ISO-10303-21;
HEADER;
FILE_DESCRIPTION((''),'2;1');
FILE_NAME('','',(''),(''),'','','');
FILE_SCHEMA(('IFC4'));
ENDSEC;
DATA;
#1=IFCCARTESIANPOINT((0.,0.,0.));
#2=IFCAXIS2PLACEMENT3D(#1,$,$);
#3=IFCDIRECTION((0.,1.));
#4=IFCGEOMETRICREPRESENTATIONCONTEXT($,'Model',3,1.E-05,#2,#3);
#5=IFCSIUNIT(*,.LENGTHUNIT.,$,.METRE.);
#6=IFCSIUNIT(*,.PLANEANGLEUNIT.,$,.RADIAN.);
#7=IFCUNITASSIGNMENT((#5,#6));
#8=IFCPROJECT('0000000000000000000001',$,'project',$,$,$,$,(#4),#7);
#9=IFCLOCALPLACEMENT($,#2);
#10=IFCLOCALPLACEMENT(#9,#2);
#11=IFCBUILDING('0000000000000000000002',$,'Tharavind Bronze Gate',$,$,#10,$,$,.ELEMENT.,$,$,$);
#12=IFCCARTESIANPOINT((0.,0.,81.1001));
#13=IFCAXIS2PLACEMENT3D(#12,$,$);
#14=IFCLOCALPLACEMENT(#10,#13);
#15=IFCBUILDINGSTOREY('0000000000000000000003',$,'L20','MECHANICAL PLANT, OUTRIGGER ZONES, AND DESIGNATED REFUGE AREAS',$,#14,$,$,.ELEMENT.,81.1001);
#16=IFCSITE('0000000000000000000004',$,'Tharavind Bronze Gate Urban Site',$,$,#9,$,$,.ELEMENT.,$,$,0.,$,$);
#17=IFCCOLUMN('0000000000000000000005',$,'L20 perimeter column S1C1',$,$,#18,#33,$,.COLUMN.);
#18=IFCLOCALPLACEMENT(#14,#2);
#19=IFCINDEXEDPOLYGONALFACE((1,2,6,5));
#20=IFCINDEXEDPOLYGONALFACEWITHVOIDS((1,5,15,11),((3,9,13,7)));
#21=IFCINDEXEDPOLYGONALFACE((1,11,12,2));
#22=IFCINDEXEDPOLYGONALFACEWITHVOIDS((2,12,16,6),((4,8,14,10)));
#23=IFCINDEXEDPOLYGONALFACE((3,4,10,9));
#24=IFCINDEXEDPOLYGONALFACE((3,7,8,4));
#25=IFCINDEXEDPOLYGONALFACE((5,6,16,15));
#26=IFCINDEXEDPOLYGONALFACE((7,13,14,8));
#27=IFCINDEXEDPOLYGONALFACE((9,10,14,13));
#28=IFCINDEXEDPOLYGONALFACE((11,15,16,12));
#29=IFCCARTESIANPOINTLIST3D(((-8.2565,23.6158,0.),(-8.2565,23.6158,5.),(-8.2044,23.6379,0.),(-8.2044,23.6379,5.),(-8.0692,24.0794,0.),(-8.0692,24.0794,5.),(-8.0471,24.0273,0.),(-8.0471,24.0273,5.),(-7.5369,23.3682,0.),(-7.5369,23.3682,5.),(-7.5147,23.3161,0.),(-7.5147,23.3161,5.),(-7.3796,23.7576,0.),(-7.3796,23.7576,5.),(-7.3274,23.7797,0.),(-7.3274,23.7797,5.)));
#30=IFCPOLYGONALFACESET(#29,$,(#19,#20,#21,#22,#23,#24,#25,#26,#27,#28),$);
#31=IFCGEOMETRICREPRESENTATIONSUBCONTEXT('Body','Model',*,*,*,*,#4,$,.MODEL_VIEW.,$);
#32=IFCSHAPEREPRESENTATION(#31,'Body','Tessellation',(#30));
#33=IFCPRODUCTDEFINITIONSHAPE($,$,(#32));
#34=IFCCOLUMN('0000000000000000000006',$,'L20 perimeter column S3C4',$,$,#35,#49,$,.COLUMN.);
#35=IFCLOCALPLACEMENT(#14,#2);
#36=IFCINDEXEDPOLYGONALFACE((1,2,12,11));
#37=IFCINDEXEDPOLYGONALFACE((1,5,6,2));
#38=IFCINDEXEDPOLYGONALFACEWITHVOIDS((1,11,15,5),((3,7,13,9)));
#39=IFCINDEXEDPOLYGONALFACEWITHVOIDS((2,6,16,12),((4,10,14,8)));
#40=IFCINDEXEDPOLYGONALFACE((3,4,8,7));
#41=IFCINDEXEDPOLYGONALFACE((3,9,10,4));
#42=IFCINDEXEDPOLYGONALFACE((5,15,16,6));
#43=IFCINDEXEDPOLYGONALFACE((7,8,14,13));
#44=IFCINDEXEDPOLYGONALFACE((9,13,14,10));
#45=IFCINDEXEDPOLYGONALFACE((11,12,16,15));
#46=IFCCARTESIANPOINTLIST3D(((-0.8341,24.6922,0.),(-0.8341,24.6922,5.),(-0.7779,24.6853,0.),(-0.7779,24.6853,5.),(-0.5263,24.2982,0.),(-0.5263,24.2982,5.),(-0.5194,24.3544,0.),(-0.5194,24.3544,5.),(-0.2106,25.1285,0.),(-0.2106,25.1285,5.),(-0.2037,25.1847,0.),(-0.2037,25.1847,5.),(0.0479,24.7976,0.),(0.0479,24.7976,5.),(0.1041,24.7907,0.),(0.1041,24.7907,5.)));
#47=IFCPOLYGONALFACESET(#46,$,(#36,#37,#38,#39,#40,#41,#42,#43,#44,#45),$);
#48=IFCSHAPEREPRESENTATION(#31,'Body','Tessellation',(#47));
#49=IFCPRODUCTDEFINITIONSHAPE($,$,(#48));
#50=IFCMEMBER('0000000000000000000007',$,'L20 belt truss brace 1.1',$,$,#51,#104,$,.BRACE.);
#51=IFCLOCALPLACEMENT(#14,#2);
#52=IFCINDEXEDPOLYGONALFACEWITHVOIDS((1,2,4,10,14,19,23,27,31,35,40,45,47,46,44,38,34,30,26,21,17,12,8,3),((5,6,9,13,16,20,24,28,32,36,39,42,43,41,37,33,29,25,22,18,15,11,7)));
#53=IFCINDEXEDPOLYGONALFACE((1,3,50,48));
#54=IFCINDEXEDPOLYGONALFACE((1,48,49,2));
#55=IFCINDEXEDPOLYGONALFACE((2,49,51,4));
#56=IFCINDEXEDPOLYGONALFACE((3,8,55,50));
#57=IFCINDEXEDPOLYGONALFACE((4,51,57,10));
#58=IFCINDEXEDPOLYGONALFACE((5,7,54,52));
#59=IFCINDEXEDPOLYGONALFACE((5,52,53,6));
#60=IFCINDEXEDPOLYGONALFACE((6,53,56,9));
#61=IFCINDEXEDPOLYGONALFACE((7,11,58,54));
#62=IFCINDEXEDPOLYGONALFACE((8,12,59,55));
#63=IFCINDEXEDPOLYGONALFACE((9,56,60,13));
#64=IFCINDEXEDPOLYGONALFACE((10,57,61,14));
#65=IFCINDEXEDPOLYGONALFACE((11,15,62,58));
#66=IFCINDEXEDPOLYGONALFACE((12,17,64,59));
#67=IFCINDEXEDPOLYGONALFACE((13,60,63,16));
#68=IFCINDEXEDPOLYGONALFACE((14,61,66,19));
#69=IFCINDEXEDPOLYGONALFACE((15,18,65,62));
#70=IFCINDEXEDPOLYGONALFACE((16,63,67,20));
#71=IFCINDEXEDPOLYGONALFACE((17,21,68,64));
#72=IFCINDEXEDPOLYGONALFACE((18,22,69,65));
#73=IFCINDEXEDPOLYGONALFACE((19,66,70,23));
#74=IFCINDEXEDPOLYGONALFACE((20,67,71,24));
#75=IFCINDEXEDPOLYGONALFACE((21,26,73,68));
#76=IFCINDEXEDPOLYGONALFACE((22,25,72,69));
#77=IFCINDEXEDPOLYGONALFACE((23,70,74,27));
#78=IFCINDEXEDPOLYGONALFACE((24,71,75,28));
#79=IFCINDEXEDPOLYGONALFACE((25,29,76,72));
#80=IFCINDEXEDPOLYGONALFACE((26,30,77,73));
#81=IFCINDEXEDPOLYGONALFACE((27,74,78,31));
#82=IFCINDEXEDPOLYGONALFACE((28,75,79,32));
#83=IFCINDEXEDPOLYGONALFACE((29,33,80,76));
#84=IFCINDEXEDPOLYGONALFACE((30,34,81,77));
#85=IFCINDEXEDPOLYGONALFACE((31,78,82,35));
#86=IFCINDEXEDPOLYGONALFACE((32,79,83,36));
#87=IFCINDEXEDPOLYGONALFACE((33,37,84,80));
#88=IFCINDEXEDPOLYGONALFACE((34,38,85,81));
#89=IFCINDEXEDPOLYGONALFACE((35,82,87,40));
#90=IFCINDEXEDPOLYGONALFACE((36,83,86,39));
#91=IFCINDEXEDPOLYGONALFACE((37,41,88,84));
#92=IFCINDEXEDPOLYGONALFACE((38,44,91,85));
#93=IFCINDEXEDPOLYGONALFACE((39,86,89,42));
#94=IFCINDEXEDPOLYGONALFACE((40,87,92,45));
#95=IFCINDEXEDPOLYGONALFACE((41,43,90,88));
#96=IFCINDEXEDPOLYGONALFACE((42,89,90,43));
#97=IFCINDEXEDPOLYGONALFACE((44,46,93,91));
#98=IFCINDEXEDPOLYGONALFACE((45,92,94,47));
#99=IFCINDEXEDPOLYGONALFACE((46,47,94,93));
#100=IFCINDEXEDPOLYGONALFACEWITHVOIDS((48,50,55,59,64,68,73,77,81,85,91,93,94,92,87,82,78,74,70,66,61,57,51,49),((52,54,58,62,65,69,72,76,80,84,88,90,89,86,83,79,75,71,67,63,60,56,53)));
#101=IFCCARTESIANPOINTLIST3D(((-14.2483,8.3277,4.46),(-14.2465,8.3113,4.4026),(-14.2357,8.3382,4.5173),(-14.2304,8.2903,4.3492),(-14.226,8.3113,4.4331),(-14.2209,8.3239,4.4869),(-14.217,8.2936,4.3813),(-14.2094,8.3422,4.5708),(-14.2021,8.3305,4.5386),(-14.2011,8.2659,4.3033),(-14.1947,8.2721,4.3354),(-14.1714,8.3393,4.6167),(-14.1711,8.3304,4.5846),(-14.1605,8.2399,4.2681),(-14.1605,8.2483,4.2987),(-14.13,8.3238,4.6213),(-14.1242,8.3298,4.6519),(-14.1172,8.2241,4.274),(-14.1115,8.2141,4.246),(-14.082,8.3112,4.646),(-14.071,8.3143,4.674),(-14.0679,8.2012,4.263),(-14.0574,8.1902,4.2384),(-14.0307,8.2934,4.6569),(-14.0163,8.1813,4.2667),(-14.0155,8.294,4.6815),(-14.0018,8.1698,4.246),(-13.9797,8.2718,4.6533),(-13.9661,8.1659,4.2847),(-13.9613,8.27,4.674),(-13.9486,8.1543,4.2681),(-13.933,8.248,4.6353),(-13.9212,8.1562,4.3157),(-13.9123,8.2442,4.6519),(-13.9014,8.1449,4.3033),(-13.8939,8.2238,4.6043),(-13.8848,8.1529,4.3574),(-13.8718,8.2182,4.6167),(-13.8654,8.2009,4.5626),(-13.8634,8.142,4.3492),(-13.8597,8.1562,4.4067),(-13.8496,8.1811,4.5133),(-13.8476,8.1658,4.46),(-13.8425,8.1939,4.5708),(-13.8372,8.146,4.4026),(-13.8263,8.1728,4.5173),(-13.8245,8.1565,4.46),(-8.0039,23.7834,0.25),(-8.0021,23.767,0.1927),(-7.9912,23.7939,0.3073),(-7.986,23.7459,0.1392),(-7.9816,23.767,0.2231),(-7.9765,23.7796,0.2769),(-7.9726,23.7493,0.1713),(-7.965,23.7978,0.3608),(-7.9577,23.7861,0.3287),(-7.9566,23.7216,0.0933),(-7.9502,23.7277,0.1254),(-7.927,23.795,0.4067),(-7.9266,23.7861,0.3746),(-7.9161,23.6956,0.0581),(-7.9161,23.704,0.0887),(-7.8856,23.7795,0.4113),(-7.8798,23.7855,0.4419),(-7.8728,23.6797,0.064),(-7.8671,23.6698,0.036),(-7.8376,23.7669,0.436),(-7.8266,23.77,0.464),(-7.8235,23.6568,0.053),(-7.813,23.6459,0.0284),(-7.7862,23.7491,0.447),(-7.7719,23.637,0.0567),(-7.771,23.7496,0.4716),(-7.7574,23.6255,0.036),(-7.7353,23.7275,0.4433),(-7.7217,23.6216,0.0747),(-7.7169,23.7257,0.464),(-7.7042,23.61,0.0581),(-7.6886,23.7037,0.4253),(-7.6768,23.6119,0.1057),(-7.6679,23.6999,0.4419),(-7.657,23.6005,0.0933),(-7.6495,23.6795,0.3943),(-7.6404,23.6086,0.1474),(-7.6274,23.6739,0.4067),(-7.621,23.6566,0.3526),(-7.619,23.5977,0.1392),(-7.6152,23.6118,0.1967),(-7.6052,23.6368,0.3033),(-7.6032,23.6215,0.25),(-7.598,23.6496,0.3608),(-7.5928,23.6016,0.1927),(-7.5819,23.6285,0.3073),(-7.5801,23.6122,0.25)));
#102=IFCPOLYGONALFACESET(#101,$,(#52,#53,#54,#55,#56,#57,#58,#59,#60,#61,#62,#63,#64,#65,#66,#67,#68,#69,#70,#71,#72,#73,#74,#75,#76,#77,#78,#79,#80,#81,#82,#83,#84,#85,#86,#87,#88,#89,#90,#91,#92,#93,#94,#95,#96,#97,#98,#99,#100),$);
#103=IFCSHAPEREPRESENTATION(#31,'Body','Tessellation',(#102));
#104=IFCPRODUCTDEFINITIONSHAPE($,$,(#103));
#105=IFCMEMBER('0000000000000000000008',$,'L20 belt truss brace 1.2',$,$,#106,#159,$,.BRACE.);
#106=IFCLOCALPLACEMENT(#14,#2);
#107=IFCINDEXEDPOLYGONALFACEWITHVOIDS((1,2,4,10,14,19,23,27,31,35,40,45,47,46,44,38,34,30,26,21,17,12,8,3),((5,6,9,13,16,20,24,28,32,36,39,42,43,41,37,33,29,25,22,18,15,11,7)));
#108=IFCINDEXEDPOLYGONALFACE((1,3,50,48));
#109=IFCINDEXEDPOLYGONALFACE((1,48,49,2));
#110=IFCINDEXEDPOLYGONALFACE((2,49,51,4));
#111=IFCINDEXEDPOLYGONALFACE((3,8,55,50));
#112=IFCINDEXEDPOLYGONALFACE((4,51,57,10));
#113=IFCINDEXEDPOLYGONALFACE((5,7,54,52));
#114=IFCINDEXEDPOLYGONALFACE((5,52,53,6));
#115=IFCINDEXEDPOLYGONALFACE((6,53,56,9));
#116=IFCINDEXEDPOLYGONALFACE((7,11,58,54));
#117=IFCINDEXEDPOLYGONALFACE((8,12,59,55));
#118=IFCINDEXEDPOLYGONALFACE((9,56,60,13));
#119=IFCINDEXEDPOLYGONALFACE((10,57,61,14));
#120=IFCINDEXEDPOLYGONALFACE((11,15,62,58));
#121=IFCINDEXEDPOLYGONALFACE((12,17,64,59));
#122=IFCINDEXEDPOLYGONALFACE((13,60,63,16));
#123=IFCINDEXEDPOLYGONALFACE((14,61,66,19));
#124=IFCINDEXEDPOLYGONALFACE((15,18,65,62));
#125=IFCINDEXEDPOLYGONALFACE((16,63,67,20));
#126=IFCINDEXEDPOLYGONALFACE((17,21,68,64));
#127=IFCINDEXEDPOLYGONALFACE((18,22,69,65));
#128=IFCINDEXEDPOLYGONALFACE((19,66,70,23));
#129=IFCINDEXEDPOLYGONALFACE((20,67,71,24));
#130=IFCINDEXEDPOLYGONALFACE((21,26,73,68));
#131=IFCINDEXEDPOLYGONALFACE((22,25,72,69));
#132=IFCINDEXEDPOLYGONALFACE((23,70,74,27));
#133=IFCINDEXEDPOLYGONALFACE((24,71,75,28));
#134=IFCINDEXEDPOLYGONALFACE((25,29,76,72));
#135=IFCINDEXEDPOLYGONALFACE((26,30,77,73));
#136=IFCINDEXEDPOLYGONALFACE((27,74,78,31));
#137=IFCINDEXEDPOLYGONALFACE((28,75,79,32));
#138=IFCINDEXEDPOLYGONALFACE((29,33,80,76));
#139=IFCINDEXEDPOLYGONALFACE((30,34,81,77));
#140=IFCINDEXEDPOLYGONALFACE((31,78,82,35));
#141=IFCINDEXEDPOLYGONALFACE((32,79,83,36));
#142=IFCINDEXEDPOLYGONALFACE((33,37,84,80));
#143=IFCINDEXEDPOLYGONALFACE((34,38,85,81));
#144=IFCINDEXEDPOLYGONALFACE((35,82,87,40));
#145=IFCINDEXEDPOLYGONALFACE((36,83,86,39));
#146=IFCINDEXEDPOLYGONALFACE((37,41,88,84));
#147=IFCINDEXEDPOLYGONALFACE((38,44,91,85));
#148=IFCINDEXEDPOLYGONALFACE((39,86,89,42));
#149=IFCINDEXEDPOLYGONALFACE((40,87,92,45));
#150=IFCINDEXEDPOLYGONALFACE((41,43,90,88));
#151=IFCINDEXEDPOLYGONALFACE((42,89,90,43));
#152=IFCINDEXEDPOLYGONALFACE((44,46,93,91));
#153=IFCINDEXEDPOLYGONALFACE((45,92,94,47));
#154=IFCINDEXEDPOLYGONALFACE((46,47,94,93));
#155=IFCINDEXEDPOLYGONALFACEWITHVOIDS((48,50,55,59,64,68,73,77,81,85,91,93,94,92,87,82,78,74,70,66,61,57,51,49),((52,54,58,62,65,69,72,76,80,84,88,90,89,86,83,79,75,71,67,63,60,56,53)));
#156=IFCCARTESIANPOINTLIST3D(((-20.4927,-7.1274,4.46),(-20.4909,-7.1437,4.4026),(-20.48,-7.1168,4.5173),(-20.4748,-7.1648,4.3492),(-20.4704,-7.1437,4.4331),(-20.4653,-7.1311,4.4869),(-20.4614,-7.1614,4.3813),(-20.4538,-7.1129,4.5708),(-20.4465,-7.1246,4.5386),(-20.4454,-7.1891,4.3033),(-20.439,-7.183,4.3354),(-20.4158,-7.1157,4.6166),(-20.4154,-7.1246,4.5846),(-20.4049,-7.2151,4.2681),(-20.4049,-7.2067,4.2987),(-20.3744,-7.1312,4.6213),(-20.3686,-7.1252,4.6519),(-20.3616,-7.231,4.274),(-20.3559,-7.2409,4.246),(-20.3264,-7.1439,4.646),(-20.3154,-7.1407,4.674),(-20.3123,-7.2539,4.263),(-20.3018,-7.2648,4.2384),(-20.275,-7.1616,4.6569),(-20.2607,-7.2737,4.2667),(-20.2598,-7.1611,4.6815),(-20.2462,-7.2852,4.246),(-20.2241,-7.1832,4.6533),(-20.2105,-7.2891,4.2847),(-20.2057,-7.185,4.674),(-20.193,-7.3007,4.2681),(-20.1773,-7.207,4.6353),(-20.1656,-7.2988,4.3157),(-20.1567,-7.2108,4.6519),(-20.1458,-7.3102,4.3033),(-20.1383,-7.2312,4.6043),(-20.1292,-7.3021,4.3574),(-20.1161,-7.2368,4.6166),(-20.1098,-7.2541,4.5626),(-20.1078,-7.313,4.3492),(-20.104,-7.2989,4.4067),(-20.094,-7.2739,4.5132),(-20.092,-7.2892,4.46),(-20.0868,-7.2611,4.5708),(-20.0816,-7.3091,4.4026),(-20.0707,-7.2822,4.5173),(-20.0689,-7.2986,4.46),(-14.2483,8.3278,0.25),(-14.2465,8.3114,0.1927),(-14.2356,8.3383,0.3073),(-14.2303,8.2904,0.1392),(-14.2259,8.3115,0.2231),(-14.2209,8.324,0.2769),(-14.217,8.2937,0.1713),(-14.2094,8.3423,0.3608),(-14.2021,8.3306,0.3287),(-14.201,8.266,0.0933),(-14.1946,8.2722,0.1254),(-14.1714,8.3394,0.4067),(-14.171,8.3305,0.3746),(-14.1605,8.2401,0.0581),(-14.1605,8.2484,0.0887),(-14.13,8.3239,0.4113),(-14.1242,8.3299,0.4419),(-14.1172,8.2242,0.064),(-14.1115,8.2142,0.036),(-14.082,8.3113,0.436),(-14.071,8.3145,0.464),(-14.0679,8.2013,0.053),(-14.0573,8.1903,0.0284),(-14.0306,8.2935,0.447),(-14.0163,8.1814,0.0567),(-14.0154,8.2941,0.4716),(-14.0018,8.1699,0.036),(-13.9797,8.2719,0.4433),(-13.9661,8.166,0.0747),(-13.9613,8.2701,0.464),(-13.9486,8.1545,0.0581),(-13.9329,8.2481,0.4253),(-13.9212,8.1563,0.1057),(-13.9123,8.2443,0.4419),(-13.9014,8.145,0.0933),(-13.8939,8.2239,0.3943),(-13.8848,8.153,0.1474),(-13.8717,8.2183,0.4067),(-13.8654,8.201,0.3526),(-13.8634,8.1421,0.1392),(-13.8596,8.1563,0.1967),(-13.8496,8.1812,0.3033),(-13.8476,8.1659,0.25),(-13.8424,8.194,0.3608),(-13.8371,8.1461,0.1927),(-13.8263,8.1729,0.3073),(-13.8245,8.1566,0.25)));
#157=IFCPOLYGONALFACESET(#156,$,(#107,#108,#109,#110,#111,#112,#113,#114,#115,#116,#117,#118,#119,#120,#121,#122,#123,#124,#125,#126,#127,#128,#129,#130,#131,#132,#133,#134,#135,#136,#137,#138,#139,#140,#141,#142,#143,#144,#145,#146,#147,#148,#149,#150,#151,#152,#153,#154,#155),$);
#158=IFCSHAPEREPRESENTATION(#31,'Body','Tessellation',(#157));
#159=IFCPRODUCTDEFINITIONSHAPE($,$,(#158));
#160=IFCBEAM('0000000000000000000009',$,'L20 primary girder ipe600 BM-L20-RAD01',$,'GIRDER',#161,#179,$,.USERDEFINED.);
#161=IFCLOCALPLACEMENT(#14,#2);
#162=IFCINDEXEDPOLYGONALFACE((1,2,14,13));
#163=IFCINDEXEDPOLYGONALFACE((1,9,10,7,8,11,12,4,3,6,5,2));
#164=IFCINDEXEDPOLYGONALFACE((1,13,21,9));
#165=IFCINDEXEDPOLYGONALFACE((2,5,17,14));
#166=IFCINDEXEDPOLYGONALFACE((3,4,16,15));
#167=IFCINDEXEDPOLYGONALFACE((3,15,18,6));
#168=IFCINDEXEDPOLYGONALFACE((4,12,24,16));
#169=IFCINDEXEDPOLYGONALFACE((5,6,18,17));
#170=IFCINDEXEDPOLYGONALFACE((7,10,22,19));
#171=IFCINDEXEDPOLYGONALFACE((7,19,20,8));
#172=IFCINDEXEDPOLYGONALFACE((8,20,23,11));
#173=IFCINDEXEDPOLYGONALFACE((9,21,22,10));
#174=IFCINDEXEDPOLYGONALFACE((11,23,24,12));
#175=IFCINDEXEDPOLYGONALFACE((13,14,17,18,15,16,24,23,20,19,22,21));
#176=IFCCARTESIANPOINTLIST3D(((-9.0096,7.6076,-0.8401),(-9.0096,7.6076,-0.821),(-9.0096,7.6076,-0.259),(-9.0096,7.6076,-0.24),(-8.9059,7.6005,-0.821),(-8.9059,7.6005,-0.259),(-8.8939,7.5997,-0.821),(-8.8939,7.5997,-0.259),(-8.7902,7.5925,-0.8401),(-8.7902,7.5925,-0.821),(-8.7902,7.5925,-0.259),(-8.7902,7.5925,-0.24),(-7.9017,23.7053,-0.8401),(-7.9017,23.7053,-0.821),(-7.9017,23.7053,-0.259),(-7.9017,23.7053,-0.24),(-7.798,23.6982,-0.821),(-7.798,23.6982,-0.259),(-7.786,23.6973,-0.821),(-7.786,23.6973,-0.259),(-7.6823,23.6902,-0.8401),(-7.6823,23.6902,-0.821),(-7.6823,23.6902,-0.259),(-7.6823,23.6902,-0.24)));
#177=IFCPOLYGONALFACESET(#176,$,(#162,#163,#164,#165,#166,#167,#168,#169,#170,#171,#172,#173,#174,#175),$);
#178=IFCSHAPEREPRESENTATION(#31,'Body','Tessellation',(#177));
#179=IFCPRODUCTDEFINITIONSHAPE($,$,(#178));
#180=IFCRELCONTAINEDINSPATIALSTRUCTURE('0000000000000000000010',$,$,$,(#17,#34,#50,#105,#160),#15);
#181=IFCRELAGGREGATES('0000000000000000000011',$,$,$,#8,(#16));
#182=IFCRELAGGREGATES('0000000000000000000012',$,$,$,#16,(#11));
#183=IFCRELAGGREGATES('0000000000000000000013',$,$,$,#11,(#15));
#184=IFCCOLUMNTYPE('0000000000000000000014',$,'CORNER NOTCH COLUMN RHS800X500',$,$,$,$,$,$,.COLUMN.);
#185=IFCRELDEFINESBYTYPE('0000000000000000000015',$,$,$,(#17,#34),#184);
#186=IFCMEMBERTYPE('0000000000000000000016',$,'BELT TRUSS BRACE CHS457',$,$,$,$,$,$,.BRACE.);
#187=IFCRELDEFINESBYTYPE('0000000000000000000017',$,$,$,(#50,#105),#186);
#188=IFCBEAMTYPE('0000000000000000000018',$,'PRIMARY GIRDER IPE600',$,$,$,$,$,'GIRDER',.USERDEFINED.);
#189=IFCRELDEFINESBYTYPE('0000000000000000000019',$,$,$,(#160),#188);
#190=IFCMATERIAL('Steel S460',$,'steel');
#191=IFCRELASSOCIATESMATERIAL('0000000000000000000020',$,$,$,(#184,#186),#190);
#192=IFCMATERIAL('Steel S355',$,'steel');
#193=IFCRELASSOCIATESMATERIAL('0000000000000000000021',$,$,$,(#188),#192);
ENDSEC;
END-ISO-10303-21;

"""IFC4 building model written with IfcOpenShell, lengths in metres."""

from ifc_helpers import new_model, si_unit, direction, frame, origin, origin_2d, place, context, subcontext, project, spatial, hollow_rectangle, hollow_circle, i_section, extrude, material, material_profile, profile_set, type_object, element, save


model = new_model("IFC4")

# Units and contexts
model_context = context("Model", 3, precision=1e-05, world=origin(), true_north=direction((0.0, 1.0)))
body_context = subcontext(model_context, "Body", "Model", "MODEL_VIEW")
ifc_project = project(units=[si_unit("LENGTHUNIT", "METRE"), si_unit("PLANEANGLEUNIT", "RADIAN")], contexts=[model_context])

# Site, building, storey
site_placement = place(None, origin())
site = spatial("IfcSite", under=ifc_project, at=site_placement, Name="Tharavind Bronze Gate Urban Site", CompositionType="ELEMENT", RefElevation=0.0)
building_placement = place(site_placement, origin())
building = spatial("IfcBuilding", under=site, at=building_placement, Name="Tharavind Bronze Gate", CompositionType="ELEMENT")
storey_placement = place(building_placement, frame((0.0, 0.0, 81.1001)))
storey = spatial("IfcBuildingStorey", under=building, at=storey_placement, Name="L20", Description="MECHANICAL PLANT, OUTRIGGER ZONES, AND DESIGNATED REFUGE AREAS", CompositionType="ELEMENT", Elevation=81.1001)

# Columns
ifc_material_1 = material(Name="Steel S460", Category="steel")
ifc_material_profile_1 = material_profile(ifc_material_1, hollow_rectangle(XDim=0.5, YDim=0.8, WallThickness=0.04, at=origin_2d()), Name="RHS800X500X40")
ifc_profile_set_1 = profile_set([ifc_material_profile_1], Name="Steel S460")
column_type = type_object("IfcColumnType", Name="CORNER NOTCH COLUMN RHS800X500", PredefinedType="COLUMN", material=ifc_profile_set_1)
for number, where, z_axis, x_axis, name in (
    (1, (-7.792, 23.6978, 0.0), (0.0, 0.0, 1.0), (0.374608, 0.927183, 0.0), "L20 perimeter column S1C1"),
    (2, (-0.365, 24.7415, 0.0), (0.0, 0.0, 1.0), (-0.615661, 0.788011, 0.0), "L20 perimeter column S3C4"),
):
    element("IfcColumn", number, at=place(storey_placement, frame(where, z_axis=z_axis, x_axis=x_axis)), inside=storey, type_object=column_type, Name=name, PredefinedType="COLUMN", context=body_context, shape_type="SweptSolid", body=[
        extrude(hollow_rectangle(XDim=0.5, YDim=0.8, WallThickness=0.04, at=origin_2d()), origin(), (0.0, 0.0, 1.0), 5.0),
    ])

# Members
ifc_material_profile_2 = material_profile(ifc_material_1, hollow_circle(Radius=0.2285, WallThickness=0.0249, at=origin_2d()), Name="CHS457X25")
ifc_profile_set_2 = profile_set([ifc_material_profile_2], Name="Steel S460")
member_type = type_object("IfcMemberType", Name="BELT TRUSS BRACE CHS457", PredefinedType="BRACE", material=ifc_profile_set_2)
member_1_placement = place(storey_placement, frame((-7.792, 23.6978, 0.25), z_axis=(-0.363199, -0.898958, 0.244868), x_axis=(0.927185, -0.374603, 0.0)))
element("IfcMember", 3, at=member_1_placement, inside=storey, type_object=member_type, Name="L20 belt truss brace 1.1", PredefinedType="BRACE", context=body_context, shape_type="SweptSolid", body=[
    extrude(hollow_circle(Radius=0.2285, WallThickness=0.0249, at=origin_2d()), origin(), (0.0, 0.0, 1.0), 17.1929),
])
member_2_placement = place(storey_placement, frame((-14.0364, 8.2422, 0.25), z_axis=(-0.363208, -0.898953, 0.244875), x_axis=(0.927181, -0.374613, 0.0)))
element("IfcMember", 4, at=member_2_placement, inside=storey, type_object=member_type, Name="L20 belt truss brace 1.2", PredefinedType="BRACE", context=body_context, shape_type="SweptSolid", body=[
    extrude(hollow_circle(Radius=0.2285, WallThickness=0.0249, at=origin_2d()), origin(), (0.0, 0.0, 1.0), 17.1924),
])

# Beam
ifc_material_2 = material(Name="Steel S355", Category="steel")
ifc_material_profile_3 = material_profile(ifc_material_2, i_section(OverallWidth=0.22, OverallDepth=0.6001, WebThickness=0.012, FlangeThickness=0.019, at=origin_2d()), Name="IPE600")
ifc_profile_set_3 = profile_set([ifc_material_profile_3], Name="Steel S355")
beam_type_1 = type_object("IfcBeamType", Name="PRIMARY GIRDER IPE600", ElementType="GIRDER", PredefinedType="USERDEFINED", material=ifc_profile_set_3)
beam_1_placement = place(storey_placement, frame((-7.792, 23.6978, -0.54), z_axis=(-0.068662, -0.99764, 0.0), x_axis=(0.99764, -0.068662, 0.0)))
element("IfcBeam", 5, at=beam_1_placement, inside=storey, type_object=beam_type_1, Name="L20 primary girder ipe600 BM-L20-RAD01", ObjectType="GIRDER", PredefinedType="USERDEFINED", context=body_context, shape_type="SweptSolid", body=[
    extrude(i_section(OverallWidth=0.22, OverallDepth=0.6001, WebThickness=0.012, FlangeThickness=0.019, at=origin_2d()), origin(), (0.0, 0.0, 1.0), 16.1357),
])

save(model, "model.ifc")
